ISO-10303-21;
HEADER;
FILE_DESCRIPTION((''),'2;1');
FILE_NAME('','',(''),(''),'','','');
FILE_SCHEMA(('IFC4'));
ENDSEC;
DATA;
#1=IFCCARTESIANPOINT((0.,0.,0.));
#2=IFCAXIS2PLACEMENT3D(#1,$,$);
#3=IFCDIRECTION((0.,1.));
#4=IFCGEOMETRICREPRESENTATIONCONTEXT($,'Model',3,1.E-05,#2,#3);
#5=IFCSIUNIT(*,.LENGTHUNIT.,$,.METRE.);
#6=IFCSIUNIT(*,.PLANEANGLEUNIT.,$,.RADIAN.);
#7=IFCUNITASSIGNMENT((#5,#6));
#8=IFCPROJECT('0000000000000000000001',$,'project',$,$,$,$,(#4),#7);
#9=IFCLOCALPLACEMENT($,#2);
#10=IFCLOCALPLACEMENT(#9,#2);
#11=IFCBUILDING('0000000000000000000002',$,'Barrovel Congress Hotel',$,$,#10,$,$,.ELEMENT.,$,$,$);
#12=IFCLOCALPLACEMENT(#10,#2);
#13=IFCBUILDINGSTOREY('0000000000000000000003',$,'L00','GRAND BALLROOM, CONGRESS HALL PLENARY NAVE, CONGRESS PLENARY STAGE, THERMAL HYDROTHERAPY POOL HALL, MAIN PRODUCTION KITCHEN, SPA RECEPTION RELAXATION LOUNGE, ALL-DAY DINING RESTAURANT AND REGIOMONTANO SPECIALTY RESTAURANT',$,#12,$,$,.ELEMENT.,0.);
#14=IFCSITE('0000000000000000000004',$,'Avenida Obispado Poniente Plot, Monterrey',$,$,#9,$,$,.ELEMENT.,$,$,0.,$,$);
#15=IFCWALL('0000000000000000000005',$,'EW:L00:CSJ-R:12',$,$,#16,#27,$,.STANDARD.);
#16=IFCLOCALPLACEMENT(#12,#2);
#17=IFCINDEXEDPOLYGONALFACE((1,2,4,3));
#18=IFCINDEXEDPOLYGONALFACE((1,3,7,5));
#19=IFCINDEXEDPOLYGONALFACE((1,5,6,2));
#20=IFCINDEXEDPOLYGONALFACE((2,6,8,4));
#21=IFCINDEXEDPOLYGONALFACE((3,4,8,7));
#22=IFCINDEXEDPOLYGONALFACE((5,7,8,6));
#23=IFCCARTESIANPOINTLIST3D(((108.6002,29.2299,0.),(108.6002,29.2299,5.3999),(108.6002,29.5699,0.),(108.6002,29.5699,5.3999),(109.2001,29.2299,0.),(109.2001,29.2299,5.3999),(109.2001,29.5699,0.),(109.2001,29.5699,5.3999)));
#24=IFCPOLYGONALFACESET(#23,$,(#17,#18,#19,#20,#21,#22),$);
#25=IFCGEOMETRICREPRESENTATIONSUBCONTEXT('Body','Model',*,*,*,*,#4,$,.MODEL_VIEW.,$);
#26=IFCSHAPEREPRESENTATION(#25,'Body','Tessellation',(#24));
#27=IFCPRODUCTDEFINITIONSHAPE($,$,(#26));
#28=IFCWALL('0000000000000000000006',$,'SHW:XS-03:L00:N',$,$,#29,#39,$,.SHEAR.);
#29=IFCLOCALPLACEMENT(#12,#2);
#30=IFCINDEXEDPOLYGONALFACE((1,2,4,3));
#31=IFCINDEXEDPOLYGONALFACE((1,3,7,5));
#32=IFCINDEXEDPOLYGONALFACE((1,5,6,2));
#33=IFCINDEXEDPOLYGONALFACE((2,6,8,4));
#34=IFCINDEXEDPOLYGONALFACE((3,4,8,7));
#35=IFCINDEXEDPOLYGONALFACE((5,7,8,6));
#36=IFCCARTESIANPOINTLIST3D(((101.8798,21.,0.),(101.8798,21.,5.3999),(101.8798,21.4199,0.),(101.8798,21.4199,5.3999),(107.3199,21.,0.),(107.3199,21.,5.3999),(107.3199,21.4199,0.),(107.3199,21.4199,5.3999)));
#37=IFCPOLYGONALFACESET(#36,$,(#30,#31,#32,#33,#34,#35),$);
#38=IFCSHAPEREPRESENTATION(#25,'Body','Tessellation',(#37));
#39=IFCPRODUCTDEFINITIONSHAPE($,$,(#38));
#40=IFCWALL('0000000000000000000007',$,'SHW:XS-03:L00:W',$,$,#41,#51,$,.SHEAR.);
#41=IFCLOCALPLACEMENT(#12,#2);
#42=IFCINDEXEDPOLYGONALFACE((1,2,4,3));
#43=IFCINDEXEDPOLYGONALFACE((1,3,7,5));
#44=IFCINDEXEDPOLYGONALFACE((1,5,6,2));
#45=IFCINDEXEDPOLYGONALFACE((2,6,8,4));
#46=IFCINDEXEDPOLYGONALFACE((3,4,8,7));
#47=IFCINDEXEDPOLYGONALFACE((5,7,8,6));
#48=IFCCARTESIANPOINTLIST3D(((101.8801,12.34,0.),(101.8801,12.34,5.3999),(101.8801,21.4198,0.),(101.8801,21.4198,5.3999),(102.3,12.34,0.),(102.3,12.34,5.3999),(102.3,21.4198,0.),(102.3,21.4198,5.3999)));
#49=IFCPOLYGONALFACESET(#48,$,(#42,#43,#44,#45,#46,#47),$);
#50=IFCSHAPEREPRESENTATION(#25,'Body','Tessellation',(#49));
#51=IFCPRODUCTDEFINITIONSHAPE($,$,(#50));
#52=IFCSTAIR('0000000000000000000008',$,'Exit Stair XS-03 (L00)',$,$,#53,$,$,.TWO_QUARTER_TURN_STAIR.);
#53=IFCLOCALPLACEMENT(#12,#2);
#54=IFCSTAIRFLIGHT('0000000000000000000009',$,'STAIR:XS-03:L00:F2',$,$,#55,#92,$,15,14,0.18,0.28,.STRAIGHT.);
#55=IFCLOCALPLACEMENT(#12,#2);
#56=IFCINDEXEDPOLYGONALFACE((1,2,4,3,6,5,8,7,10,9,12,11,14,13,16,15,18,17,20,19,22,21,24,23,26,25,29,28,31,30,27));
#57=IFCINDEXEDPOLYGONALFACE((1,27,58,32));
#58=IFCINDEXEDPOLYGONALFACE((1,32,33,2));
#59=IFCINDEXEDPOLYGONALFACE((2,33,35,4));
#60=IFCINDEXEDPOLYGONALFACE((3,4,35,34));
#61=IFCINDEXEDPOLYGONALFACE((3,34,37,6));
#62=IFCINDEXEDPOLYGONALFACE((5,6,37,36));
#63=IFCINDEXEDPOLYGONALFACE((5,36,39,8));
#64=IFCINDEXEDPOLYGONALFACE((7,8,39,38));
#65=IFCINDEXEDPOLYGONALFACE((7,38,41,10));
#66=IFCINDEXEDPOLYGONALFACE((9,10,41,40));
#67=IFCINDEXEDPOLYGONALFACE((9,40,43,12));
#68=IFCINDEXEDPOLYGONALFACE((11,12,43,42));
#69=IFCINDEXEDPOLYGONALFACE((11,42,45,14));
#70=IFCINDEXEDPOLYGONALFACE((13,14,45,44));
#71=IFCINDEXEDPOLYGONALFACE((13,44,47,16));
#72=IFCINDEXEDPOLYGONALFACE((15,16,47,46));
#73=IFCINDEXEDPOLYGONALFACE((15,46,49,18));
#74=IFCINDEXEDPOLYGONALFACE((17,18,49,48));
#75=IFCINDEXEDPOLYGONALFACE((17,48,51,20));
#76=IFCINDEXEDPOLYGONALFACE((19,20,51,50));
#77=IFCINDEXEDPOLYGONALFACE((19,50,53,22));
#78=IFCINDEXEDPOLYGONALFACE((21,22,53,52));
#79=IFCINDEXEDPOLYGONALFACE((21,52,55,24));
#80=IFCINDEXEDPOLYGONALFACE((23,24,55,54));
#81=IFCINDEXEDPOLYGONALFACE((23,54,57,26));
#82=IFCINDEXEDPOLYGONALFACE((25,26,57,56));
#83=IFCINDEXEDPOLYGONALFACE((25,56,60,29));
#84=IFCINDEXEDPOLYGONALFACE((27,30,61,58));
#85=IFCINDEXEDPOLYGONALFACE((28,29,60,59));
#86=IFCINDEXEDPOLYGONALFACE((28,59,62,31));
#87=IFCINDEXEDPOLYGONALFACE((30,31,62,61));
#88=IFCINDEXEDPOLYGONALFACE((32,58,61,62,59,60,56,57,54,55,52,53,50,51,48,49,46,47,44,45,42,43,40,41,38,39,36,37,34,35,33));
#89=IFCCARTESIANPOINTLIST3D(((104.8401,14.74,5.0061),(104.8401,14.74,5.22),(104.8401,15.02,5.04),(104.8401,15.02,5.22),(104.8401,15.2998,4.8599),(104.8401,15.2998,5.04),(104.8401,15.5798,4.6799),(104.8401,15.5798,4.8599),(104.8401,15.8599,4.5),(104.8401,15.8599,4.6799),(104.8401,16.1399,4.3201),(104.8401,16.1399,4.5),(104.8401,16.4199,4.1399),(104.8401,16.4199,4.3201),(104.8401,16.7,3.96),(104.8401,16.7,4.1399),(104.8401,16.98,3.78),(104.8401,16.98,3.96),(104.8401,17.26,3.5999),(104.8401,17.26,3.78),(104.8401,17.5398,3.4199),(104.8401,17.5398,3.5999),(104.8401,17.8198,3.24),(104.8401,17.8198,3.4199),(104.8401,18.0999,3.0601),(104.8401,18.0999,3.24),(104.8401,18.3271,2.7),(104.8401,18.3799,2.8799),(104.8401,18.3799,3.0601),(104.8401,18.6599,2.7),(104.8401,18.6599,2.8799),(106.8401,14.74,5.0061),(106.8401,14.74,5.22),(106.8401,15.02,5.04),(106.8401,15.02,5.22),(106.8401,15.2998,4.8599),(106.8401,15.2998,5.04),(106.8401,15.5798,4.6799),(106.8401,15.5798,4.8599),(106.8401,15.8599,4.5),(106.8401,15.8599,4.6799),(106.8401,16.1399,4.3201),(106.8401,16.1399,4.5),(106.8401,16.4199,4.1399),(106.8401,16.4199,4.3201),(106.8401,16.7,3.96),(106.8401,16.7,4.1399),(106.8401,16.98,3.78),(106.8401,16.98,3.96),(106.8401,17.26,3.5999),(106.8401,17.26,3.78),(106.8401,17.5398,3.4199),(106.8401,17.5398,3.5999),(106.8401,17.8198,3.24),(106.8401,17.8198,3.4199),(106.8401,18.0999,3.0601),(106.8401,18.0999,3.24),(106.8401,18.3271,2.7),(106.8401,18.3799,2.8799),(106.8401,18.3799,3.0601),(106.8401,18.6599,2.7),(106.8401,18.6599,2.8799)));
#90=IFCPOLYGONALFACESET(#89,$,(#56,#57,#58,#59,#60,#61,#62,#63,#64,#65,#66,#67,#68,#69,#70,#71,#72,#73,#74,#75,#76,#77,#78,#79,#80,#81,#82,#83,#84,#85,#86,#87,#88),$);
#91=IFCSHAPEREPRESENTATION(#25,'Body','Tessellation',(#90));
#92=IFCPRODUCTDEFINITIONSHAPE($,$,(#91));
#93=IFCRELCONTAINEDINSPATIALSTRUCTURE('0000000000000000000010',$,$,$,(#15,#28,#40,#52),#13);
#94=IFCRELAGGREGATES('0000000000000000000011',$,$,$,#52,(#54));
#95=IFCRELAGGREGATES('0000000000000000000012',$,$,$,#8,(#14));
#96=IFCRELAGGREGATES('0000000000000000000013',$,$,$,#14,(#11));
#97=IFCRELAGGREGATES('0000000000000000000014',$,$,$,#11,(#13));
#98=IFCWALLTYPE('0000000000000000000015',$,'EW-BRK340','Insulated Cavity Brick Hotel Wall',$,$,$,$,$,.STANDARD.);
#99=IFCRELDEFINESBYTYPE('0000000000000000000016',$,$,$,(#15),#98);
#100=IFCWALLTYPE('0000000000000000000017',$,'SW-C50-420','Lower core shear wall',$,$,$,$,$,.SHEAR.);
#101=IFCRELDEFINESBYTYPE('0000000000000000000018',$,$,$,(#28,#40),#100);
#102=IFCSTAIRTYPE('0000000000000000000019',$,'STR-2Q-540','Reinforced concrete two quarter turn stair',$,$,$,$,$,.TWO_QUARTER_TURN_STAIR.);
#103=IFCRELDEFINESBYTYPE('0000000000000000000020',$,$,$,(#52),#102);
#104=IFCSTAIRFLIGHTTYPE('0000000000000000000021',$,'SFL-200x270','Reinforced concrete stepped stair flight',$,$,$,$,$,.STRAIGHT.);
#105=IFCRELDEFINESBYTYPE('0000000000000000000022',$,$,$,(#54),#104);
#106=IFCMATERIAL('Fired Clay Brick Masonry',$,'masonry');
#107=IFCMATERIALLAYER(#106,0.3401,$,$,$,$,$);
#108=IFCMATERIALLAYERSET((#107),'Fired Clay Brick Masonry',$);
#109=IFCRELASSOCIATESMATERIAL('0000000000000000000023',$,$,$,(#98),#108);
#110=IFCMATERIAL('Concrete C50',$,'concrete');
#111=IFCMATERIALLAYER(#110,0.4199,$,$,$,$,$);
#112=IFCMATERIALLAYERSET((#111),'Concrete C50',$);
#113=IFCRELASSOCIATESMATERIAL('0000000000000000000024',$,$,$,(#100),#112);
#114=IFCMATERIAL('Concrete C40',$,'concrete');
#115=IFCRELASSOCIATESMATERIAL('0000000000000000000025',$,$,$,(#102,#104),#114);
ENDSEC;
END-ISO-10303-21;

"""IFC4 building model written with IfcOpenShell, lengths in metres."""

from ifc_helpers import new_model, si_unit, direction, frame, frame_2d, origin, place, context, subcontext, project, spatial, polyline, rectangle, outline, extrude, material, layer, layer_set, type_object, element, aggregate, save


model = new_model("IFC4")

# Units and contexts
model_context = context("Model", 3, precision=1e-05, world=origin(), true_north=direction((0.0, 1.0)))
body_context = subcontext(model_context, "Body", "Model", "MODEL_VIEW")
ifc_project = project(units=[si_unit("LENGTHUNIT", "METRE"), si_unit("PLANEANGLEUNIT", "RADIAN")], contexts=[model_context])

# Site, building, storey
site_placement = place(None, origin())
site = spatial("IfcSite", under=ifc_project, at=site_placement, Name="Avenida Obispado Poniente Plot, Monterrey", CompositionType="ELEMENT", RefElevation=0.0)
building_placement = place(site_placement, origin())
building = spatial("IfcBuilding", under=site, at=building_placement, Name="Barrovel Congress Hotel", CompositionType="ELEMENT")
storey_placement = place(building_placement, origin())
storey = spatial("IfcBuildingStorey", under=building, at=storey_placement, Name="L00", Description="GRAND BALLROOM, CONGRESS HALL PLENARY NAVE, CONGRESS PLENARY STAGE, THERMAL HYDROTHERAPY POOL HALL, MAIN PRODUCTION KITCHEN, SPA RECEPTION RELAXATION LOUNGE, ALL-DAY DINING RESTAURANT AND REGIOMONTANO SPECIALTY RESTAURANT", CompositionType="ELEMENT", Elevation=0.0)

# Shared definitions
ifc_material_1 = material(Name="Concrete C40", Category="concrete")

# Shared definitions
ifc_material_2 = material(Name="Concrete C50", Category="concrete")

# Walls
ifc_material_3 = material(Name="Fired Clay Brick Masonry", Category="masonry")
ifc_layer_1 = layer(ifc_material_3, 0.3401)
ifc_layer_set_1 = layer_set([ifc_layer_1], Name="Fired Clay Brick Masonry")
wall_type_1 = type_object("IfcWallType", Name="EW-BRK340", Description="Insulated Cavity Brick Hotel Wall", PredefinedType="STANDARD", material=ifc_layer_set_1)
wall_1_placement = place(storey_placement, frame((109.2, 29.3999, 0.0), z_axis=(0.0, 0.0, 1.0), x_axis=(-1.0, 0.0, 0.0)))
element("IfcWall", 1, at=wall_1_placement, inside=storey, type_object=wall_type_1, Name="EW:L00:CSJ-R:12", PredefinedType="STANDARD", context=body_context, shape_type="SweptSolid", body=[
    extrude(rectangle(XDim=0.5999, YDim=0.3401, at=frame_2d((0.2998, 0.0))), origin(), (0.0, 0.0, 1.0), 5.3999),
])
ifc_layer_2 = layer(ifc_material_2, 0.4199)
ifc_layer_set_2 = layer_set([ifc_layer_2], Name="Concrete C50")
wall_type_2 = type_object("IfcWallType", Name="SW-C50-420", Description="Lower core shear wall", PredefinedType="SHEAR", material=ifc_layer_set_2)
wall_2_placement = place(storey_placement, frame((107.3201, 21.21, 0.0), z_axis=(0.0, 0.0, 1.0), x_axis=(-1.0, 0.0, 0.0)))
element("IfcWall", 2, at=wall_2_placement, inside=storey, type_object=wall_type_2, Name="SHW:XS-03:L00:N", PredefinedType="SHEAR", context=body_context, shape_type="SweptSolid", body=[
    extrude(rectangle(XDim=5.4402, YDim=0.4199, at=frame_2d((2.7202, 0.0))), origin(), (0.0, 0.0, 1.0), 5.3999),
])
wall_3_placement = place(storey_placement, frame((102.0901, 21.4199, 0.0), z_axis=(0.0, 0.0, 1.0), x_axis=(0.0, -1.0, 0.0)))
element("IfcWall", 3, at=wall_3_placement, inside=storey, type_object=wall_type_2, Name="SHW:XS-03:L00:W", PredefinedType="SHEAR", context=body_context, shape_type="SweptSolid", body=[
    extrude(rectangle(XDim=9.0798, YDim=0.4199, at=frame_2d((4.54, 0.0))), origin(), (0.0, 0.0, 1.0), 5.3999),
])

# Stair, stair flight
stair_type = type_object("IfcStairType", Name="STR-2Q-540", Description="Reinforced concrete two quarter turn stair", PredefinedType="TWO_QUARTER_TURN_STAIR", material=ifc_material_1)
stair_placement = place(storey_placement, origin())
stair = element("IfcStair", 4, at=stair_placement, inside=storey, type_object=stair_type, Name="Exit Stair XS-03 (L00)", PredefinedType="TWO_QUARTER_TURN_STAIR")
stair_flight_type = type_object("IfcStairFlightType", Name="SFL-200x270", Description="Reinforced concrete stepped stair flight", PredefinedType="STRAIGHT", material=ifc_material_1)
stair_flight_placement = place(storey_placement, frame((105.8401, 18.6599, 2.7), z_axis=(0.0, 0.0, 1.0), x_axis=(0.0, -1.0, 0.0)))
stair_flight = element("IfcStairFlight", 5, at=stair_flight_placement, type_object=stair_flight_type, Name="STAIR:XS-03:L00:F2", NumberOfRisers=15, NumberOfTreads=14, PredefinedType="STRAIGHT", RiserHeight=0.18, TreadLength=0.28, context=body_context, shape_type="SweptSolid", body=[
    extrude(outline(polyline([(0.0, 0.0), (0.0, 0.1799), (0.28, 0.1799), (0.28, 0.3601), (0.5601, 0.3601), (0.5601, 0.54), (0.8401, 0.54), (0.8401, 0.72), (1.1201, 0.72), (1.1201, 0.8999), (1.3999, 0.8999), (1.3999, 1.0801), (1.6799, 1.0801), (1.6799, 1.26), (1.96, 1.26), (1.96, 1.4399), (2.24, 1.4399), (2.24, 1.6201), (2.52, 1.6201), (2.52, 1.8), (2.8, 1.8), (2.8, 1.98), (3.0801, 1.98), (3.0801, 2.1599), (3.3601, 2.1599), (3.3601, 2.3401), (3.6399, 2.3401), (3.6399, 2.52), (3.9199, 2.52), (3.9199, 2.7), (3.9199, 2.3062), (0.3328, 0.0), (0.0, 0.0)])), frame((0.0, 1.0, 0.0), z_axis=(0.0, -1.0, 0.0), x_axis=(1.0, 0.0, 0.0)), (0.0, 0.0, 1.0), 2.0),
])
aggregate(stair, [stair_flight])

save(model, "model.ifc")
